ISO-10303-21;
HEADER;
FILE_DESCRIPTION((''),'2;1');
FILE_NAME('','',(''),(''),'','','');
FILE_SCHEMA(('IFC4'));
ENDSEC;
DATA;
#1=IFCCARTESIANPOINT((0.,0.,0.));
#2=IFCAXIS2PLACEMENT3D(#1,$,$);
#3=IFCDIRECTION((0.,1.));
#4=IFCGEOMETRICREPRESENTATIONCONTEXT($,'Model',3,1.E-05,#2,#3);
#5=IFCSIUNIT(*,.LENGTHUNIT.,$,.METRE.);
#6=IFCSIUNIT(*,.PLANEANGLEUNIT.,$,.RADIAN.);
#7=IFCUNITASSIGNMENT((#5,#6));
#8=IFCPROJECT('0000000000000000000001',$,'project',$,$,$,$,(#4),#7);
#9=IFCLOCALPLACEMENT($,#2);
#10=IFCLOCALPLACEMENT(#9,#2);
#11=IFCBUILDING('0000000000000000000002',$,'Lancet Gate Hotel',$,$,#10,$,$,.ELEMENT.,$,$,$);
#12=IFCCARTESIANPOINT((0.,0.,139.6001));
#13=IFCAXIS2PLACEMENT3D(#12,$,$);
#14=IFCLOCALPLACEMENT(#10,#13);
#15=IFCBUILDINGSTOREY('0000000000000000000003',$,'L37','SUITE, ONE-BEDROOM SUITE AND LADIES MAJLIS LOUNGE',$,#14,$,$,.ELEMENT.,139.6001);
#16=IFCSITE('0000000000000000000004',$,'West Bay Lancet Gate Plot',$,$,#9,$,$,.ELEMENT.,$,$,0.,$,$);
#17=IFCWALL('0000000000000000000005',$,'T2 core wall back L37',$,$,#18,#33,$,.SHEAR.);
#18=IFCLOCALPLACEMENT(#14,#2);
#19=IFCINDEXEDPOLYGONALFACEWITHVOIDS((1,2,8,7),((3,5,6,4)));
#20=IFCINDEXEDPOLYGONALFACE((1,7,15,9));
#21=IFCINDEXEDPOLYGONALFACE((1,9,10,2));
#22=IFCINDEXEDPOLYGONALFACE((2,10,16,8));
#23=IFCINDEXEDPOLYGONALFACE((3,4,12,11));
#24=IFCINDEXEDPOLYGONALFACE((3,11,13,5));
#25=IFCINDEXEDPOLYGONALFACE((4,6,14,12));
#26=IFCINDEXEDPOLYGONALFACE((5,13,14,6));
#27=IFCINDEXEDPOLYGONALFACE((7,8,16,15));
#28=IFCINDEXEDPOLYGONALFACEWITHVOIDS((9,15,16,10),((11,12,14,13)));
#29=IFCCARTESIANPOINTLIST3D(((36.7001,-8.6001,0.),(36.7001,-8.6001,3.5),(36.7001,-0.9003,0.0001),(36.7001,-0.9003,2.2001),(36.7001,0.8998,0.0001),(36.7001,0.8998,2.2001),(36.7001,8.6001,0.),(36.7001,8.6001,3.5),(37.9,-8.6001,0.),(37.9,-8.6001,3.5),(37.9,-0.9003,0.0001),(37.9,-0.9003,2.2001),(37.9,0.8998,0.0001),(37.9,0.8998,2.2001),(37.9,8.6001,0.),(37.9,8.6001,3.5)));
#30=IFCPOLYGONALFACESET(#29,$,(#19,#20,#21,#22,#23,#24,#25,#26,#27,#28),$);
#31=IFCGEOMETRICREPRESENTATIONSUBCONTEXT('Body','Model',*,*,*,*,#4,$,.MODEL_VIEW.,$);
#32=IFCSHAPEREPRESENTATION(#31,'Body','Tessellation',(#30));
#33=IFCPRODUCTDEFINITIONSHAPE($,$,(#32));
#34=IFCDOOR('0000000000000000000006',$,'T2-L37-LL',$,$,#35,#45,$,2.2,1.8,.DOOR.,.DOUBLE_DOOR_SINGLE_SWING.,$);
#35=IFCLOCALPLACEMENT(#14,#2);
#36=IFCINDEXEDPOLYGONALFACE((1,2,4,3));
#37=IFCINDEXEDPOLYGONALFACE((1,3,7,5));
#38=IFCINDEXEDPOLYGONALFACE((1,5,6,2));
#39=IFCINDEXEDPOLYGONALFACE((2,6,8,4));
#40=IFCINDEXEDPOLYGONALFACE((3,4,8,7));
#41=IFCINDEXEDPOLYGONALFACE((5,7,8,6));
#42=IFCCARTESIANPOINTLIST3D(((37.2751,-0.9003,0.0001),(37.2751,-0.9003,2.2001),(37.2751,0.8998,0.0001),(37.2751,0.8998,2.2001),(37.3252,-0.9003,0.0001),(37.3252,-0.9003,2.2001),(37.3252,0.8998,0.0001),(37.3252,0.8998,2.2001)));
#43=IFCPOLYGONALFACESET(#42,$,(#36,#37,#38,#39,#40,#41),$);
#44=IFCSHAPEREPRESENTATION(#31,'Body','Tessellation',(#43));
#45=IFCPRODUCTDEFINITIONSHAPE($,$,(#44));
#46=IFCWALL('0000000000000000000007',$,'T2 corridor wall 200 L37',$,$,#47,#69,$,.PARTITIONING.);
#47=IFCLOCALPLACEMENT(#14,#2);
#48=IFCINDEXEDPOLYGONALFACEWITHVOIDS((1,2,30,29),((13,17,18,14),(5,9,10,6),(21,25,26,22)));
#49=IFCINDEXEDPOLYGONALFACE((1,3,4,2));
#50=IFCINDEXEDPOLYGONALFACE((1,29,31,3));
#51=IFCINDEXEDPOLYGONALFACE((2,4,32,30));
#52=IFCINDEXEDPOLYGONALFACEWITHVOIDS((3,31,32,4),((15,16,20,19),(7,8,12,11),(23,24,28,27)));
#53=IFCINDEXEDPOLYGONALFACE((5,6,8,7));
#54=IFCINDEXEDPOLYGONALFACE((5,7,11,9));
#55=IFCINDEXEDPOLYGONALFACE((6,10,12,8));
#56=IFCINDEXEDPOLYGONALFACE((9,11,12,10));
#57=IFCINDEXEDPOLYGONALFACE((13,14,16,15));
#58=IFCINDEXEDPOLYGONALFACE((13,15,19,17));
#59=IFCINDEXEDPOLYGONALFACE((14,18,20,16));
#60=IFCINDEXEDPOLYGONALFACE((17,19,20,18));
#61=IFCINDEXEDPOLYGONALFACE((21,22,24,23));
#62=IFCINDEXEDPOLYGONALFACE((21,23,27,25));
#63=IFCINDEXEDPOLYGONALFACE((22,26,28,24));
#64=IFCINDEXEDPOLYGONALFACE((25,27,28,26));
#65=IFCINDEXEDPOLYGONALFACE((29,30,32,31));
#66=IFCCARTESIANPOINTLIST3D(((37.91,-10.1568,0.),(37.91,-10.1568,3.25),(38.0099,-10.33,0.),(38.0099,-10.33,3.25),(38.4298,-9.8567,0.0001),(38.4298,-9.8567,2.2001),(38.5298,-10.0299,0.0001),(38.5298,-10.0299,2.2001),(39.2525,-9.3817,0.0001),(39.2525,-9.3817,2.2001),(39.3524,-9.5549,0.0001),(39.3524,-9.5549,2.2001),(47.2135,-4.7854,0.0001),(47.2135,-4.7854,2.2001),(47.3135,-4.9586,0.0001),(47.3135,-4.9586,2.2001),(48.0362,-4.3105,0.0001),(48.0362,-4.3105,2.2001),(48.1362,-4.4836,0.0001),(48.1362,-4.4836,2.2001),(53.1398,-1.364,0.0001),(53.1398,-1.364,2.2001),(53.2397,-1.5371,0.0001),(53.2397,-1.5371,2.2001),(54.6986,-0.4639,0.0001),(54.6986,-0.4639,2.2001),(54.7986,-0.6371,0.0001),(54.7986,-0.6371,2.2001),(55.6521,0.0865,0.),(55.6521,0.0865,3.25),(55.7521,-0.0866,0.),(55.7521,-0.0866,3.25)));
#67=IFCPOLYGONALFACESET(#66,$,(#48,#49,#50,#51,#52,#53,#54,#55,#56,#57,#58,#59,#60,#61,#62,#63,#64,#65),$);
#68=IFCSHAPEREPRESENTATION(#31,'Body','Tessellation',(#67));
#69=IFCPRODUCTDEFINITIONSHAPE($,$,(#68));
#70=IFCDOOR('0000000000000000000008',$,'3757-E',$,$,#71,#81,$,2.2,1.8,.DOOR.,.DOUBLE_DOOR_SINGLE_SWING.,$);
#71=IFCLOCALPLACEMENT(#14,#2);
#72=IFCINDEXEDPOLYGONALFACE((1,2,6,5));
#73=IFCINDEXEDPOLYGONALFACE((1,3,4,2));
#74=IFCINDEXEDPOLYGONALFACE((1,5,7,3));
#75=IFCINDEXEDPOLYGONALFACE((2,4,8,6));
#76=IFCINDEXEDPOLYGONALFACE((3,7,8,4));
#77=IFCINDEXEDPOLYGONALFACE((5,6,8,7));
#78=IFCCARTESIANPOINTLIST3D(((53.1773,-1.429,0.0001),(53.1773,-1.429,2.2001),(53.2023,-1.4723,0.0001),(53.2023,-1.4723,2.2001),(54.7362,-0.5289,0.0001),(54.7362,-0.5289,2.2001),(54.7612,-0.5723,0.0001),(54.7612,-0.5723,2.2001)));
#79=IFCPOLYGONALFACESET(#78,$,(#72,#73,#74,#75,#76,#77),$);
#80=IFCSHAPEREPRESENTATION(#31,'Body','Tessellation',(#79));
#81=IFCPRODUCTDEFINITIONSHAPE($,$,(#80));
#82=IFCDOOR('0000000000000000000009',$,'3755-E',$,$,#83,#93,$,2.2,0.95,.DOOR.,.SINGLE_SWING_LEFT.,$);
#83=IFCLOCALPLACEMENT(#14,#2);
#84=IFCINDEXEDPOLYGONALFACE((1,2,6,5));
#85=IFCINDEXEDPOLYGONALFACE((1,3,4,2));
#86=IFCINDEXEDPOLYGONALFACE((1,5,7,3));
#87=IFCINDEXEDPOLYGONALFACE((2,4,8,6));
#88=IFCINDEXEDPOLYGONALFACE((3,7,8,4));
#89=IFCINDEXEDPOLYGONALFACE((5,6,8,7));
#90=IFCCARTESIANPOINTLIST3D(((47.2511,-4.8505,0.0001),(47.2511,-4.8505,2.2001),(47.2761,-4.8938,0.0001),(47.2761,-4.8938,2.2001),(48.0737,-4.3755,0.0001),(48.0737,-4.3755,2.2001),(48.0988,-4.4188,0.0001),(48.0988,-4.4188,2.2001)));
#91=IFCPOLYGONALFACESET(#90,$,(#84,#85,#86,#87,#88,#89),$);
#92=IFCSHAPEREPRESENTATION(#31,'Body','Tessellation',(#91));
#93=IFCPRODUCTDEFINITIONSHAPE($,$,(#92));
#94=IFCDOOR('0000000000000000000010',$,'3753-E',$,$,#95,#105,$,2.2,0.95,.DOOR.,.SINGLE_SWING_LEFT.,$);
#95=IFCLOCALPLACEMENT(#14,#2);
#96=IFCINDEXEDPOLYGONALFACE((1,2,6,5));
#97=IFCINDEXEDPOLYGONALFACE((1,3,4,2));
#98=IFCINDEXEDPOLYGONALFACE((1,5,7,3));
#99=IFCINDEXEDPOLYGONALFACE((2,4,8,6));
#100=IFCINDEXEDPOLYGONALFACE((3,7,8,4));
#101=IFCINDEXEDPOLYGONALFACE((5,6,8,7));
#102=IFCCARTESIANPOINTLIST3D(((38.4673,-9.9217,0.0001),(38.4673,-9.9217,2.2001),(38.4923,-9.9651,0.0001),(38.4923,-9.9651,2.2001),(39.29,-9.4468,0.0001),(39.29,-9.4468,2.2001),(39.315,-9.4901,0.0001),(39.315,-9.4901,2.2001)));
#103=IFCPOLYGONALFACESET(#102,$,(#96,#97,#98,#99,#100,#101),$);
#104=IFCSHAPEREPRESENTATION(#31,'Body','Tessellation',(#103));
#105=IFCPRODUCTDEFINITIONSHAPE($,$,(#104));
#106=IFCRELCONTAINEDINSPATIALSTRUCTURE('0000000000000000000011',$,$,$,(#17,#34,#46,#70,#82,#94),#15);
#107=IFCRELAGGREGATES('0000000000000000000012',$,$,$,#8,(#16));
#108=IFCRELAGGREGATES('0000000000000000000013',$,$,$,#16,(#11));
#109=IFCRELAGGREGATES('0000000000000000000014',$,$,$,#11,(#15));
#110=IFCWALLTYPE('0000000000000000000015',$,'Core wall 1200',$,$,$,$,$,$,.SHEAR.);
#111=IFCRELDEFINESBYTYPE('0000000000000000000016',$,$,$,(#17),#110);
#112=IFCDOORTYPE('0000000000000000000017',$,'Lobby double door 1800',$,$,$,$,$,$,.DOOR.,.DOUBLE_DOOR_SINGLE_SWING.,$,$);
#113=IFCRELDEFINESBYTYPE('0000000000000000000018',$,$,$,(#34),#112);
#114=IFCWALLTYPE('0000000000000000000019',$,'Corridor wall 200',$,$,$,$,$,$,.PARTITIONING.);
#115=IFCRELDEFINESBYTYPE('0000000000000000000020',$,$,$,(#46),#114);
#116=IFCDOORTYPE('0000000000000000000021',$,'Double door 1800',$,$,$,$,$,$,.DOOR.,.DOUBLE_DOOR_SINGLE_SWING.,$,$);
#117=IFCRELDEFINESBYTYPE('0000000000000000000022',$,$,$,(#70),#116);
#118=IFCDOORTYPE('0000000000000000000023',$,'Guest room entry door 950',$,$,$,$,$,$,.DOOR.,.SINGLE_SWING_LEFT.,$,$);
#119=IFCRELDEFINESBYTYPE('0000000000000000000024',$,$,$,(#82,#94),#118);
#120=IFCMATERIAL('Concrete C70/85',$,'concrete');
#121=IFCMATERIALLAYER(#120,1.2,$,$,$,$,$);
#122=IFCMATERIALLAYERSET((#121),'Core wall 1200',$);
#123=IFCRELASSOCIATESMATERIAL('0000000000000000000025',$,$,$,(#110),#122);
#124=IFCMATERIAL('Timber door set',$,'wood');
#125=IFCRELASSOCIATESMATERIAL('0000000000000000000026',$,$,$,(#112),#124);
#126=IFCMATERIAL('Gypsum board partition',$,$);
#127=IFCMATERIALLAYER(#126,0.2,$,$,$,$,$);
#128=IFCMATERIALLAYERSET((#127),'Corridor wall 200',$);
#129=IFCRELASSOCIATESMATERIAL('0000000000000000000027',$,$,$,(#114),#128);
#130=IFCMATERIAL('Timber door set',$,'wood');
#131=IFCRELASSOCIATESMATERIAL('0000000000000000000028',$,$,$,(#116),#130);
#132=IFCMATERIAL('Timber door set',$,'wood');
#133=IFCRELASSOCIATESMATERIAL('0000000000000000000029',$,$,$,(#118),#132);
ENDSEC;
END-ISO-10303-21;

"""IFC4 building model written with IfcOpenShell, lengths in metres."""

from ifc_helpers import new_model, si_unit, direction, frame, frame_2d, origin, place, context, subcontext, project, spatial, rectangle, extrude, material, layer, layer_set, type_object, element, fill, save


model = new_model("IFC4")

# Units and contexts
model_context = context("Model", 3, precision=1e-05, world=origin(), true_north=direction((0.0, 1.0)))
body_context = subcontext(model_context, "Body", "Model", "MODEL_VIEW")
ifc_project = project(units=[si_unit("LENGTHUNIT", "METRE"), si_unit("PLANEANGLEUNIT", "RADIAN")], contexts=[model_context])

# Site, building, storey
site_placement = place(None, origin())
site = spatial("IfcSite", under=ifc_project, at=site_placement, Name="West Bay Lancet Gate Plot", CompositionType="ELEMENT", RefElevation=0.0)
building_placement = place(site_placement, origin())
building = spatial("IfcBuilding", under=site, at=building_placement, Name="Lancet Gate Hotel", CompositionType="ELEMENT")
storey_placement = place(building_placement, frame((0.0, 0.0, 139.6001)))
storey = spatial("IfcBuildingStorey", under=building, at=storey_placement, Name="L37", Description="SUITE, ONE-BEDROOM SUITE AND LADIES MAJLIS LOUNGE", CompositionType="ELEMENT", Elevation=139.6001)

# Wall, opening, door
ifc_material_1 = material(Name="Concrete C70/85", Category="concrete")
ifc_layer_1 = layer(ifc_material_1, 1.2)
ifc_layer_set_1 = layer_set([ifc_layer_1], Name="Core wall 1200")
wall_type_1 = type_object("IfcWallType", Name="Core wall 1200", PredefinedType="SHEAR", material=ifc_layer_set_1)
wall_1_placement = place(storey_placement, frame((37.3, -8.6001, 0.0), z_axis=(0.0, 0.0, 1.0), x_axis=(0.0, 1.0, 0.0)))
wall_1 = element("IfcWall", 1, at=wall_1_placement, inside=storey, type_object=wall_type_1, Name="T2 core wall back L37", PredefinedType="SHEAR", context=body_context, shape_type="SweptSolid", body=[
    extrude(rectangle(XDim=17.2002, YDim=1.2, at=frame_2d((8.6001, 0.0))), origin(), (0.0, 0.0, 1.0), 3.5),
])
opening_1_placement = place(wall_1_placement, frame((7.7, 0.0, 0.0)))
opening_1 = element("IfcOpeningElement", 2, at=opening_1_placement, cuts=wall_1, PredefinedType="OPENING", context=body_context, shape_type="SweptSolid", body=[
    extrude(rectangle(XDim=1.8, YDim=2.2, at=frame_2d((0.8999, 1.1001))), frame((0.0, 0.6099, 0.0), z_axis=(0.0, -1.0, 0.0), x_axis=(1.0, 0.0, 0.0)), (0.0, 0.0, 1.0), 1.22),
])
ifc_material_2 = material(Name="Timber door set", Category="wood")
door_type_1 = type_object("IfcDoorType", Name="Lobby double door 1800", OperationType="DOUBLE_DOOR_SINGLE_SWING", PredefinedType="DOOR", material=ifc_material_2)
door_1_placement = place(opening_1_placement, origin())
door_1 = element("IfcDoor", 3, at=door_1_placement, inside=storey, type_object=door_type_1, Name="T2-L37-LL", OperationType="DOUBLE_DOOR_SINGLE_SWING", OverallHeight=2.2, OverallWidth=1.8, PredefinedType="DOOR", context=body_context, shape_type="SweptSolid", body=[
    extrude(rectangle(XDim=1.8, YDim=2.2, at=frame_2d((0.8999, 1.1001))), frame((0.0, 0.0249, 0.0), z_axis=(0.0, -1.0, 0.0), x_axis=(1.0, 0.0, 0.0)), (0.0, 0.0, 1.0), 0.05),
])
fill(opening_1, door_1)

# Wall, openings, doors
ifc_material_3 = material(Name="Gypsum board partition")
ifc_layer_2 = layer(ifc_material_3, 0.2)
ifc_layer_set_2 = layer_set([ifc_layer_2], Name="Corridor wall 200")
wall_type_2 = type_object("IfcWallType", Name="Corridor wall 200", PredefinedType="PARTITIONING", material=ifc_layer_set_2)
wall_2_placement = place(storey_placement, frame((37.96, -10.2434, 0.0), z_axis=(0.0, 0.0, 1.0), x_axis=(0.866026, 0.499998, 0.0)))
wall_2 = element("IfcWall", 4, at=wall_2_placement, inside=storey, type_object=wall_type_2, Name="T2 corridor wall 200 L37", PredefinedType="PARTITIONING", context=body_context, shape_type="SweptSolid", body=[
    extrude(rectangle(XDim=20.4868, YDim=0.2, at=frame_2d((10.2434, 0.0))), origin(), (0.0, 0.0, 1.0), 3.25),
])
opening_2_placement = place(wall_2_placement, frame((10.7427, 0.0, 0.0)))
opening_2 = element("IfcOpeningElement", 5, at=opening_2_placement, cuts=wall_2, PredefinedType="OPENING", context=body_context, shape_type="SweptSolid", body=[
    extrude(rectangle(XDim=0.95, YDim=2.2, at=frame_2d((0.4751, 1.1001))), frame((0.0, 0.1099, 0.0), z_axis=(0.0, -1.0, 0.0), x_axis=(1.0, 0.0, 0.0)), (0.0, 0.0, 1.0), 0.22),
])
opening_3_placement = place(wall_2_placement, frame((17.5859, 0.0, 0.0)))
opening_3 = element("IfcOpeningElement", 6, at=opening_3_placement, cuts=wall_2, PredefinedType="OPENING", context=body_context, shape_type="SweptSolid", body=[
    extrude(rectangle(XDim=1.8, YDim=2.2, at=frame_2d((0.8999, 1.1001))), frame((0.0, 0.1099, 0.0), z_axis=(0.0, -1.0, 0.0), x_axis=(1.0, 0.0, 0.0)), (0.0, 0.0, 1.0), 0.22),
])
opening_4_placement = place(wall_2_placement, frame((0.6001, 0.0, 0.0)))
opening_4 = element("IfcOpeningElement", 7, at=opening_4_placement, cuts=wall_2, PredefinedType="OPENING", context=body_context, shape_type="SweptSolid", body=[
    extrude(rectangle(XDim=0.95, YDim=2.2, at=frame_2d((0.4751, 1.1001))), frame((0.0, 0.1099, 0.0), z_axis=(0.0, -1.0, 0.0), x_axis=(1.0, 0.0, 0.0)), (0.0, 0.0, 1.0), 0.22),
])
ifc_material_4 = material(Name="Timber door set", Category="wood")
door_type_2 = type_object("IfcDoorType", Name="Double door 1800", OperationType="DOUBLE_DOOR_SINGLE_SWING", PredefinedType="DOOR", material=ifc_material_4)
door_2_placement = place(opening_3_placement, origin())
door_2 = element("IfcDoor", 8, at=door_2_placement, inside=storey, type_object=door_type_2, Name="3757-E", OperationType="DOUBLE_DOOR_SINGLE_SWING", OverallHeight=2.2, OverallWidth=1.8, PredefinedType="DOOR", context=body_context, shape_type="SweptSolid", body=[
    extrude(rectangle(XDim=1.8, YDim=2.2, at=frame_2d((0.8999, 1.1001))), frame((0.0, 0.0249, 0.0), z_axis=(0.0, -1.0, 0.0), x_axis=(1.0, 0.0, 0.0)), (0.0, 0.0, 1.0), 0.05),
])
fill(opening_3, door_2)
ifc_material_5 = material(Name="Timber door set", Category="wood")
door_type_3 = type_object("IfcDoorType", Name="Guest room entry door 950", OperationType="SINGLE_SWING_LEFT", PredefinedType="DOOR", material=ifc_material_5)
door_3_placement = place(opening_2_placement, origin())
door_3 = element("IfcDoor", 9, at=door_3_placement, inside=storey, type_object=door_type_3, Name="3755-E", OperationType="SINGLE_SWING_LEFT", OverallHeight=2.2, OverallWidth=0.95, PredefinedType="DOOR", context=body_context, shape_type="SweptSolid", body=[
    extrude(rectangle(XDim=0.95, YDim=2.2, at=frame_2d((0.4751, 1.1001))), frame((0.0, 0.0249, 0.0), z_axis=(0.0, -1.0, 0.0), x_axis=(1.0, 0.0, 0.0)), (0.0, 0.0, 1.0), 0.05),
])
fill(opening_2, door_3)
door_4_placement = place(opening_4_placement, origin())
door_4 = element("IfcDoor", 10, at=door_4_placement, inside=storey, type_object=door_type_3, Name="3753-E", OperationType="SINGLE_SWING_LEFT", OverallHeight=2.2, OverallWidth=0.95, PredefinedType="DOOR", context=body_context, shape_type="SweptSolid", body=[
    extrude(rectangle(XDim=0.95, YDim=2.2, at=frame_2d((0.4751, 1.1001))), frame((0.0, 0.0249, 0.0), z_axis=(0.0, -1.0, 0.0), x_axis=(1.0, 0.0, 0.0)), (0.0, 0.0, 1.0), 0.05),
])
fill(opening_4, door_4)

save(model, "model.ifc")
